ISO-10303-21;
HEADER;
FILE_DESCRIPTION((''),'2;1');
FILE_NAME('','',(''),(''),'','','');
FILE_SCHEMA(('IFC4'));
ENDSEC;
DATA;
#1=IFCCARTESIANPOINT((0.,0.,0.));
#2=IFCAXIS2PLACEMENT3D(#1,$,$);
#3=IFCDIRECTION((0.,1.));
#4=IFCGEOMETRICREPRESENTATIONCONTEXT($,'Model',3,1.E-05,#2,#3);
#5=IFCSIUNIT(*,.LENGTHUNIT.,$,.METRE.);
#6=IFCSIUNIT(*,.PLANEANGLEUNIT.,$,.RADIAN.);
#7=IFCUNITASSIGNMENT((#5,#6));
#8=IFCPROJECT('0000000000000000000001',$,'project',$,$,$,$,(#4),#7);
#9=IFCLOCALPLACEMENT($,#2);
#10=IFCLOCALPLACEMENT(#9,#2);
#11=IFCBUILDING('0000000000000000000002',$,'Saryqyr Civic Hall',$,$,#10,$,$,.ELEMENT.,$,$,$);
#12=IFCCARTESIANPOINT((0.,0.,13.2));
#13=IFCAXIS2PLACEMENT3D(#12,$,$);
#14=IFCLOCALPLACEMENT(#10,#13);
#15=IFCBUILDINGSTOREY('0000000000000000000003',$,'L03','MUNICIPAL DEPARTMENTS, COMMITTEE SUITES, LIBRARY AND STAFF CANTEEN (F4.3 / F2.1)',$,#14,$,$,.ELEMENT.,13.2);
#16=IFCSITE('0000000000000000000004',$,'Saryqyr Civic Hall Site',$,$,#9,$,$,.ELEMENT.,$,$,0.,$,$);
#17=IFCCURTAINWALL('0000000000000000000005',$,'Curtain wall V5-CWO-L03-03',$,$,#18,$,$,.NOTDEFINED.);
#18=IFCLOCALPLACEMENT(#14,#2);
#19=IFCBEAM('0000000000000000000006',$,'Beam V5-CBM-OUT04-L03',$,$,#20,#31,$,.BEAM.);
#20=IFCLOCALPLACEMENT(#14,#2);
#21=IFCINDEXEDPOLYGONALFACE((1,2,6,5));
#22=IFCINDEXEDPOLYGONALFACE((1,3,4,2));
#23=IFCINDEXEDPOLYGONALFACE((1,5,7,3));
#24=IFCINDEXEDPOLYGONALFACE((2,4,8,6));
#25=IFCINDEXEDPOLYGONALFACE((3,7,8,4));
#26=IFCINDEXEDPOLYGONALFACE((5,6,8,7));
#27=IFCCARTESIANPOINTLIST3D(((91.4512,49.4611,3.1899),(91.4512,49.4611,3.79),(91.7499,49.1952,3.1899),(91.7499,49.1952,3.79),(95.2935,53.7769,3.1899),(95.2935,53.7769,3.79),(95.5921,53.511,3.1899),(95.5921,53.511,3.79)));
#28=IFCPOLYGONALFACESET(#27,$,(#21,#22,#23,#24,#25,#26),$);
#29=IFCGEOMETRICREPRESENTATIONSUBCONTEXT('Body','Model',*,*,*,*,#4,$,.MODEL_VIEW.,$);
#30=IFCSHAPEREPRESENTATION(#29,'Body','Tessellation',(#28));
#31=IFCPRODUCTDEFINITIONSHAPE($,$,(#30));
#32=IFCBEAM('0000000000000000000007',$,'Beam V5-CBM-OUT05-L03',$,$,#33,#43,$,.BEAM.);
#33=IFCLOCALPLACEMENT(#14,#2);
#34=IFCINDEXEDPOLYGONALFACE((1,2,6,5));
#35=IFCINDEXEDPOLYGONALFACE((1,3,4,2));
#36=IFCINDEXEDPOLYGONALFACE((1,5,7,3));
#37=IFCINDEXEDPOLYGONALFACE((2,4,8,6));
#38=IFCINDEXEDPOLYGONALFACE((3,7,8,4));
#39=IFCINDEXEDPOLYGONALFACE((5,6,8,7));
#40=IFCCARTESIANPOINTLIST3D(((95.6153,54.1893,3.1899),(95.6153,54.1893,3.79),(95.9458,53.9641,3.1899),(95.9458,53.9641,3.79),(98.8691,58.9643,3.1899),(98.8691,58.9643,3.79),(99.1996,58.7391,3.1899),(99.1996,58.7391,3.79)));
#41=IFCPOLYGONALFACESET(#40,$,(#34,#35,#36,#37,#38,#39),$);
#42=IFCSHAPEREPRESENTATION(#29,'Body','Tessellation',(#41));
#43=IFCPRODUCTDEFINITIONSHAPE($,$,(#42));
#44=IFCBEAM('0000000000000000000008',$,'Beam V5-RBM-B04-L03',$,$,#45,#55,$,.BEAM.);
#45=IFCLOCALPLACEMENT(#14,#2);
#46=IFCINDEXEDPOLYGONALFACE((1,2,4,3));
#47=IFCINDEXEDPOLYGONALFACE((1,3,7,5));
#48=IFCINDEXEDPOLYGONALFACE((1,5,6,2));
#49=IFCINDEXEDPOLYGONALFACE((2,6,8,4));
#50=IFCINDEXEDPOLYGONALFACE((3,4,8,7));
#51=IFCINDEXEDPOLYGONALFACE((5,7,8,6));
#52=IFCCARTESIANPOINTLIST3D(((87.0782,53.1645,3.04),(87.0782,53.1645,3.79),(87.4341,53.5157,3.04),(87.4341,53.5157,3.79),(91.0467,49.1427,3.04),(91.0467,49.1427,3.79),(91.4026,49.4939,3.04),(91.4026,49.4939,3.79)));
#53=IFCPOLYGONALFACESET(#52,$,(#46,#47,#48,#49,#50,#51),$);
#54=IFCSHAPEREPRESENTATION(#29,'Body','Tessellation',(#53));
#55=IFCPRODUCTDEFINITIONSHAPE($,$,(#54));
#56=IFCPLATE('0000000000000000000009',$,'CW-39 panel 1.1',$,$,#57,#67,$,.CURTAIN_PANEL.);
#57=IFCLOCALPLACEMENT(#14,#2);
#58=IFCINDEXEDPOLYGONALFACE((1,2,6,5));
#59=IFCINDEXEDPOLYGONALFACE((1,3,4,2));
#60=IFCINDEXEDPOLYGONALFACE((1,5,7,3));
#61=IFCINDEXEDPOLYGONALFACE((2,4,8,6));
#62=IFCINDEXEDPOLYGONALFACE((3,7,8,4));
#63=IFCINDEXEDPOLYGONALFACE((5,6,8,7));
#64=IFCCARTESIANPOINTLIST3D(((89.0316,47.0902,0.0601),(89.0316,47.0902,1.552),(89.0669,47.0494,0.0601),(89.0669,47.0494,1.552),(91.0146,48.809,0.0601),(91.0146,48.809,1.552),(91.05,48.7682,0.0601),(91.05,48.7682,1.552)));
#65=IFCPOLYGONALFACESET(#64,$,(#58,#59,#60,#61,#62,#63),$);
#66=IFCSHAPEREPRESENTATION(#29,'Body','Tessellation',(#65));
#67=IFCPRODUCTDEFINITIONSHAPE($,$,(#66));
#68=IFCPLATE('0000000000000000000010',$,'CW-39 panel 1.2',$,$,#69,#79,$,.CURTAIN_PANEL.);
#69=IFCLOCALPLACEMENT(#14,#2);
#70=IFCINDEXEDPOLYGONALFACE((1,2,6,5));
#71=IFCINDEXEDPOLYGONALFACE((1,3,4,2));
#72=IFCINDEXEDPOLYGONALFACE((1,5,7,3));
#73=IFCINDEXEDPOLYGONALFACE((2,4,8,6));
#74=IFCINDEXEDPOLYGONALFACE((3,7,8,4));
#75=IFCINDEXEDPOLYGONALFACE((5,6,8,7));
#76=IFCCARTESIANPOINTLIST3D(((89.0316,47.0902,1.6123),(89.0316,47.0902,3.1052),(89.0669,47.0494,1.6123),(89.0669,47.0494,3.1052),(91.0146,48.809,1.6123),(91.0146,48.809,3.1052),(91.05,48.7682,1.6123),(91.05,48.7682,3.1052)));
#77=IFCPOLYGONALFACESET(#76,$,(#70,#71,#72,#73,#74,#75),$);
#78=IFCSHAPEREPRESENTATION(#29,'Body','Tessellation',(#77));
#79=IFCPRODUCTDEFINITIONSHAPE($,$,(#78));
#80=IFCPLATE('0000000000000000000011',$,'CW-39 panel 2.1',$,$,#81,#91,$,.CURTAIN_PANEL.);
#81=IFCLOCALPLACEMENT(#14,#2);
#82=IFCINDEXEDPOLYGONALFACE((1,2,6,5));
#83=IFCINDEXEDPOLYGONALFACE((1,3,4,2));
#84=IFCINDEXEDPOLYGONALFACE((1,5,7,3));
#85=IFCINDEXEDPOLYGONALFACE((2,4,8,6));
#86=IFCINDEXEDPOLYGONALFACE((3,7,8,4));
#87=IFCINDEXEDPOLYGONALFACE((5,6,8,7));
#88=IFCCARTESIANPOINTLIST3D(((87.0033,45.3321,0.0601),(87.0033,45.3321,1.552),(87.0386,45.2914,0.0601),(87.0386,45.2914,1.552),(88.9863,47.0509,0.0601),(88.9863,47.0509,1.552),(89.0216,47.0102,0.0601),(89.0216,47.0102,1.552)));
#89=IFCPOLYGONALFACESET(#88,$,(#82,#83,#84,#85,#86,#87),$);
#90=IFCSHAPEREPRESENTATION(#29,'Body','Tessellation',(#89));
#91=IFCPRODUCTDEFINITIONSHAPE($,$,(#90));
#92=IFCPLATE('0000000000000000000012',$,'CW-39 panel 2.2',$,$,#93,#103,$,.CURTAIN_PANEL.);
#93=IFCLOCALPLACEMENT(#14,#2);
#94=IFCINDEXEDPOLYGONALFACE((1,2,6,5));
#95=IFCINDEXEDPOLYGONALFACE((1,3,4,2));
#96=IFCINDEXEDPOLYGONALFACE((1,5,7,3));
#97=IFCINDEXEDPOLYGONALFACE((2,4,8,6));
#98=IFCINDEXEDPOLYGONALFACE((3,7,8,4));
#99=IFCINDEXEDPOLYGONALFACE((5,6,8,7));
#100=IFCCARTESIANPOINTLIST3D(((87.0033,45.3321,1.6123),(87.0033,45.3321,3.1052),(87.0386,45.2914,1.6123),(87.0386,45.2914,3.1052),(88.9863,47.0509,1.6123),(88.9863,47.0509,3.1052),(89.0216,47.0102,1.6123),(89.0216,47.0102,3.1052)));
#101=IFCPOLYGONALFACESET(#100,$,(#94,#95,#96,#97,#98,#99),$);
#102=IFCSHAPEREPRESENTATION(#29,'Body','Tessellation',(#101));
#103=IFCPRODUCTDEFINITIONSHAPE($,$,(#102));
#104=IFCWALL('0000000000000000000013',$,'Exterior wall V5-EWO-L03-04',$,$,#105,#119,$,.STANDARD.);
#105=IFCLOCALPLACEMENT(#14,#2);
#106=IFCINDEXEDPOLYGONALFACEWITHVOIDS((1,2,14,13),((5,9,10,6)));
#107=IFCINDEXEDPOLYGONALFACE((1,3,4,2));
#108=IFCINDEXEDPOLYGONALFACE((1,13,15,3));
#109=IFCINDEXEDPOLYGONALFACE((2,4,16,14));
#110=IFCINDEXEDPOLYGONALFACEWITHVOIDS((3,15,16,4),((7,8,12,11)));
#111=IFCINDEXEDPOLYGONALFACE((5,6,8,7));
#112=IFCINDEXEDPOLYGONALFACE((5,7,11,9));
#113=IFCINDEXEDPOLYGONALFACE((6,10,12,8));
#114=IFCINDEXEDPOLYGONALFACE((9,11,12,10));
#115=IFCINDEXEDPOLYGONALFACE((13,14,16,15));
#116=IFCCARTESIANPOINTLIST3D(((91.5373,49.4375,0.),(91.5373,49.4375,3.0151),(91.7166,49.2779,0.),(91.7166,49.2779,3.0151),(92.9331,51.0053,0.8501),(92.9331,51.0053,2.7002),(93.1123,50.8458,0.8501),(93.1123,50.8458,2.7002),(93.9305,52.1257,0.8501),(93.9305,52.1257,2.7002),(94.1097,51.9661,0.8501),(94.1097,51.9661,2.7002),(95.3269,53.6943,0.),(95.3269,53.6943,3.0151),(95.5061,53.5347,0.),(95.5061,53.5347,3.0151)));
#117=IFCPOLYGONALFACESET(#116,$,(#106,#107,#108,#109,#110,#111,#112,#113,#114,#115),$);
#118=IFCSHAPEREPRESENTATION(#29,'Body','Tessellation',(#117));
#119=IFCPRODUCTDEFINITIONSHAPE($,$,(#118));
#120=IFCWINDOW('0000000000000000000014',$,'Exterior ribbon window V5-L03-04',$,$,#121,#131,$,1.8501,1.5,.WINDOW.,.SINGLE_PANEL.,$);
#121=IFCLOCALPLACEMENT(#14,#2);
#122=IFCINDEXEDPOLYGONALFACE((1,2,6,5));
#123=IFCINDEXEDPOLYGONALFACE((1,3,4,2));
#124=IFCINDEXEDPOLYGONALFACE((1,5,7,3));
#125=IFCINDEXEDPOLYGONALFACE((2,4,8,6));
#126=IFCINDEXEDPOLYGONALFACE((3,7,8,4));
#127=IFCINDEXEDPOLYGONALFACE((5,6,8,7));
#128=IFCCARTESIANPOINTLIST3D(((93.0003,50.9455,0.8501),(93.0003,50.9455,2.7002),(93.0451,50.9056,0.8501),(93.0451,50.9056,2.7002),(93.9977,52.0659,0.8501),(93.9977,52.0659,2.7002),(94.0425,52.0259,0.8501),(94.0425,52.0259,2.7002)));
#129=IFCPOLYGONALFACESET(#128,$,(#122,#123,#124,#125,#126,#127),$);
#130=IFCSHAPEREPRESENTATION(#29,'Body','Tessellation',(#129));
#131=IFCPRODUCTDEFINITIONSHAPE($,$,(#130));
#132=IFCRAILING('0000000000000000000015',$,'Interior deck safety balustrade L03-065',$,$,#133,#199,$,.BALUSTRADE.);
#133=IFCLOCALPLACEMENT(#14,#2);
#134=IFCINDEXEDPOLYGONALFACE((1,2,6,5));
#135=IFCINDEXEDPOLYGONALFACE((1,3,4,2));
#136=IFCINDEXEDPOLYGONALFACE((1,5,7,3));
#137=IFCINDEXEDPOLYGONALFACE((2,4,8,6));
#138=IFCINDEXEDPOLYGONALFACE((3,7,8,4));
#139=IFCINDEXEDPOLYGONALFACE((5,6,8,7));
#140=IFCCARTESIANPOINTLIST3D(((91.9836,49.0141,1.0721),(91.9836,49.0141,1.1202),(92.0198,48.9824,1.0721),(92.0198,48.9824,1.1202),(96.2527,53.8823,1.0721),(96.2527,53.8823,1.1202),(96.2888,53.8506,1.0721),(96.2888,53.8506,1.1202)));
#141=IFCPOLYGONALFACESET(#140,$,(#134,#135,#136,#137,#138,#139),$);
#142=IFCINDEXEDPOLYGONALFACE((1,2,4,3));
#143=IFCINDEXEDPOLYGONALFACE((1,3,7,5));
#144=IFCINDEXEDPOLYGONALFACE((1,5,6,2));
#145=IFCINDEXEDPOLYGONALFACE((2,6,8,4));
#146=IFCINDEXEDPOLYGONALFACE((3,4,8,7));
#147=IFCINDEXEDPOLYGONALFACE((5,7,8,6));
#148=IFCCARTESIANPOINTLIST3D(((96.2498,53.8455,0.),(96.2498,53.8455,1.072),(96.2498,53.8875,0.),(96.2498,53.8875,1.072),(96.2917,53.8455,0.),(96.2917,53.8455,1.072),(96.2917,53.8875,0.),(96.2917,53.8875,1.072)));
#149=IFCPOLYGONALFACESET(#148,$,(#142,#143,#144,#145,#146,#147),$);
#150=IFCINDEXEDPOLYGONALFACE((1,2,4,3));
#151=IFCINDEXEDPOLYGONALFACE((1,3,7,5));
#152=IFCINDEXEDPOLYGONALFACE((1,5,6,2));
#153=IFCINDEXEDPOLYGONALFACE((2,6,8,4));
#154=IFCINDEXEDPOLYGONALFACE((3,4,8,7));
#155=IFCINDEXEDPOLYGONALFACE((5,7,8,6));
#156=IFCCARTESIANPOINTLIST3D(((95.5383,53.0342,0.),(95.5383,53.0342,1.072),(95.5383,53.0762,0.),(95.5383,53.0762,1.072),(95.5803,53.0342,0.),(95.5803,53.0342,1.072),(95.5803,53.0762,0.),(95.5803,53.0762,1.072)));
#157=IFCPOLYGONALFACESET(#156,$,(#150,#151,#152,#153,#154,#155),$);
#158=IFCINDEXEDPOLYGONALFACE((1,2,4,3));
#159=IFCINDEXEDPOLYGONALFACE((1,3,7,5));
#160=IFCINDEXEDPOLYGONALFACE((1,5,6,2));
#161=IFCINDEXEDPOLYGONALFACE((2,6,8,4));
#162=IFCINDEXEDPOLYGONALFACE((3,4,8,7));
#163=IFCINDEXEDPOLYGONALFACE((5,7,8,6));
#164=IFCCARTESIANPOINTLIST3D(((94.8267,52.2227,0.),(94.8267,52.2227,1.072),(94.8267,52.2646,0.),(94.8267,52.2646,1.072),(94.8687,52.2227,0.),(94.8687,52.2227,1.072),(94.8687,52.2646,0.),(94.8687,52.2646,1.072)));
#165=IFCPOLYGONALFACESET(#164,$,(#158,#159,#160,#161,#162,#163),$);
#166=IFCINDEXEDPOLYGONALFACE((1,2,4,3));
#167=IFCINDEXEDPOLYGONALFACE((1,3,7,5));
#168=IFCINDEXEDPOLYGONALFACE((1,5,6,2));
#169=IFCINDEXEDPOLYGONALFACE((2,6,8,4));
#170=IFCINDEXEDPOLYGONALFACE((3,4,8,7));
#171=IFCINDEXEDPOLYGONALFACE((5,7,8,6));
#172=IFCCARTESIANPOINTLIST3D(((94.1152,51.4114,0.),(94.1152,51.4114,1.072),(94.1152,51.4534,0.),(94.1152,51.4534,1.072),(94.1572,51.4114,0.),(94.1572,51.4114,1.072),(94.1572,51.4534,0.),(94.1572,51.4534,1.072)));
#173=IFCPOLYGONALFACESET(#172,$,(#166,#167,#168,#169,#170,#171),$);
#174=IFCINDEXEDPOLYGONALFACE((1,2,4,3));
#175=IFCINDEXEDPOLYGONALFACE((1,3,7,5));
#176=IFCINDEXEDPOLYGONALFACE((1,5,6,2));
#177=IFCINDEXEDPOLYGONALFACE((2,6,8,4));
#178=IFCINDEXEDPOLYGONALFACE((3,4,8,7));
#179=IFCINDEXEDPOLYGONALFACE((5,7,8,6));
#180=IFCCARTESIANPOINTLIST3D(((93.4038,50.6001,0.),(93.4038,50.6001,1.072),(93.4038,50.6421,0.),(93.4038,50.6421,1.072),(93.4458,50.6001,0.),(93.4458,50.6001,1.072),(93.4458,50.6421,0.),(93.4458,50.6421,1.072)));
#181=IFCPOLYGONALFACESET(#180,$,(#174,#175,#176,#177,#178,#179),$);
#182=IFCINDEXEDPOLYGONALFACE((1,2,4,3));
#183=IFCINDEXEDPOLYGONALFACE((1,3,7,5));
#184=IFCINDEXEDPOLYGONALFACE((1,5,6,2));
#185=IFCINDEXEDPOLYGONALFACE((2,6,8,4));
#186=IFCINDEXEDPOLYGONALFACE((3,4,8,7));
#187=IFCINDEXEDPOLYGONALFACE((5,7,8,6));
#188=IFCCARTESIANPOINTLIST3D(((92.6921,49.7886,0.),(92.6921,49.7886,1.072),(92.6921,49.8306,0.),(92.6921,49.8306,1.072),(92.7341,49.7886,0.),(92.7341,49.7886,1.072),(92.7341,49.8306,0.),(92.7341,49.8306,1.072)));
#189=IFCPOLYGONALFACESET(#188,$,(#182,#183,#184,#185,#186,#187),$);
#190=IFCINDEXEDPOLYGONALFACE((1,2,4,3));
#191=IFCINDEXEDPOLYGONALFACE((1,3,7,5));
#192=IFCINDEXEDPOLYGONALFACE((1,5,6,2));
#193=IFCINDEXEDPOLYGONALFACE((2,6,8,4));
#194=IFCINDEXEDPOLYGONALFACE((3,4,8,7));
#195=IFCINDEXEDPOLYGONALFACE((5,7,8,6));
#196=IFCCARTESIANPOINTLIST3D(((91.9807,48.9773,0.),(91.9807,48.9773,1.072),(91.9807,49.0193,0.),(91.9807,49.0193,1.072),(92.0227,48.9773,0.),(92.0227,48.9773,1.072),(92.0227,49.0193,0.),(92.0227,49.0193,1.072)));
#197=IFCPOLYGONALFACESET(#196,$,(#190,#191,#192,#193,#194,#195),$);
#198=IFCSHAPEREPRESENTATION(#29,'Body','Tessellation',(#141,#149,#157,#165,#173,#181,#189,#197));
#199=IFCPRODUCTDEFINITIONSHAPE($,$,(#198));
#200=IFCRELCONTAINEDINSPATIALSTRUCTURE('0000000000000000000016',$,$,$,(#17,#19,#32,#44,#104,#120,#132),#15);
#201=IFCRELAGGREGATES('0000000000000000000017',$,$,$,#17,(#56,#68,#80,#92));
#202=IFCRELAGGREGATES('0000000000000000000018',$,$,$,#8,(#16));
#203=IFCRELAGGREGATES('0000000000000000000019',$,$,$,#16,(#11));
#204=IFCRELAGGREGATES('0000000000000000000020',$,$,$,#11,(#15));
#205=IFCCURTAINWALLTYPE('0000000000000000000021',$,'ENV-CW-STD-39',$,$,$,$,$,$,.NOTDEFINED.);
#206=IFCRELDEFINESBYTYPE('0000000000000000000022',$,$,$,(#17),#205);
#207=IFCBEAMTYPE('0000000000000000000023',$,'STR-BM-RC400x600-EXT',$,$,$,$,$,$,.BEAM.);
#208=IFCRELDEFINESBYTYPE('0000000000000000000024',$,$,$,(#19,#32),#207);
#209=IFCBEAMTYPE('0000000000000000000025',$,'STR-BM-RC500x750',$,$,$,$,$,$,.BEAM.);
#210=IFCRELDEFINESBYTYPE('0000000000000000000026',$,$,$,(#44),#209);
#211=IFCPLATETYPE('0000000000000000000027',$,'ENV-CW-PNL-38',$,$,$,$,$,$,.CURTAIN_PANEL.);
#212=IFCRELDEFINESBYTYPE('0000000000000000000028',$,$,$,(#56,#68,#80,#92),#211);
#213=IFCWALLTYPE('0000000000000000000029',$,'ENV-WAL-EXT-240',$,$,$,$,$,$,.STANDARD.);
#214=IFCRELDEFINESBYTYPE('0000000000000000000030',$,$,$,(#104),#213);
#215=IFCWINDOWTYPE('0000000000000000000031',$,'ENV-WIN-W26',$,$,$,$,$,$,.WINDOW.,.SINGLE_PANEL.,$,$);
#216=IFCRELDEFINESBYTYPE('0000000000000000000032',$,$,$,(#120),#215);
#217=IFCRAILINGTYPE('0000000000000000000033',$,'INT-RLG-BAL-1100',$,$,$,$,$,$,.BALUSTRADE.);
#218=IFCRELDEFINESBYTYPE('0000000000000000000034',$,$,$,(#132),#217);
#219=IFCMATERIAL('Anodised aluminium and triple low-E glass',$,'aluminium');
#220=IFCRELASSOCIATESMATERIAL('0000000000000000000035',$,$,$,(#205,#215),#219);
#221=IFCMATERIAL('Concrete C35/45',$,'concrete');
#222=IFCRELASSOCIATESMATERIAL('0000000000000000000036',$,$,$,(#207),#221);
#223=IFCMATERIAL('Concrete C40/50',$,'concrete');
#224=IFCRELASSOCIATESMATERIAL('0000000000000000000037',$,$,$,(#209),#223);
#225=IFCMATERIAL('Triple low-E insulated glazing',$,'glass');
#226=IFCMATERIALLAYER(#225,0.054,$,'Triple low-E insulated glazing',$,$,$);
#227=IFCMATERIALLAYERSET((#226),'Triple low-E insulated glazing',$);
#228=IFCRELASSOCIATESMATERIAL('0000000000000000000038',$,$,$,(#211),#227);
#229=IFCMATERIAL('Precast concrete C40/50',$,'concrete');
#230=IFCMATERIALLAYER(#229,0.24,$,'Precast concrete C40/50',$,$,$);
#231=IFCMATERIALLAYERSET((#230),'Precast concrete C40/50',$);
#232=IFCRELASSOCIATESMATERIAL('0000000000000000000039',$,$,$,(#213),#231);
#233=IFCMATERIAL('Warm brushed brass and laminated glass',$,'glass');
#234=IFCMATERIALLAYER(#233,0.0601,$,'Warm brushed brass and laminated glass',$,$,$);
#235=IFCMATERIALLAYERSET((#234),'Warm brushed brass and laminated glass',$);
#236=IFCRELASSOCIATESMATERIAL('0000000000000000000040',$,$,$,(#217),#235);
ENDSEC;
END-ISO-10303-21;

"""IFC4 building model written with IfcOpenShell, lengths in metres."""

from ifc_helpers import new_model, si_unit, direction, frame, frame_2d, origin, origin_2d, place, context, subcontext, project, spatial, rectangle, extrude, material, layer, layer_set, material_profile, profile_set, type_object, element, fill, aggregate, save


model = new_model("IFC4")

# Units and contexts
model_context = context("Model", 3, precision=1e-05, world=origin(), true_north=direction((0.0, 1.0)))
body_context = subcontext(model_context, "Body", "Model", "MODEL_VIEW")
ifc_project = project(units=[si_unit("LENGTHUNIT", "METRE"), si_unit("PLANEANGLEUNIT", "RADIAN")], contexts=[model_context])

# Site, building, storey
site_placement = place(None, origin())
site = spatial("IfcSite", under=ifc_project, at=site_placement, Name="Saryqyr Civic Hall Site", CompositionType="ELEMENT", RefElevation=0.0)
building_placement = place(site_placement, origin())
building = spatial("IfcBuilding", under=site, at=building_placement, Name="Saryqyr Civic Hall", CompositionType="ELEMENT")
storey_placement = place(building_placement, frame((0.0, 0.0, 13.2)))
storey = spatial("IfcBuildingStorey", under=building, at=storey_placement, Name="L03", Description="MUNICIPAL DEPARTMENTS, COMMITTEE SUITES, LIBRARY AND STAFF CANTEEN (F4.3 / F2.1)", CompositionType="ELEMENT", Elevation=13.2)

# Shared definitions
ifc_material_1 = material(Name="Concrete C40/50", Category="concrete")

# Curtain wall
ifc_material_2 = material(Name="Anodised aluminium and triple low-E glass", Category="aluminium")
curtain_wall_type = type_object("IfcCurtainWallType", Name="ENV-CW-STD-39", PredefinedType="NOTDEFINED", material=ifc_material_2)
curtain_wall_placement = place(storey_placement, origin())
curtain_wall = element("IfcCurtainWall", 1, at=curtain_wall_placement, inside=storey, type_object=curtain_wall_type, Name="Curtain wall V5-CWO-L03-03", PredefinedType="NOTDEFINED")

# Beams
ifc_material_3 = material(Name="Concrete C35/45", Category="concrete")
ifc_material_profile_1 = material_profile(ifc_material_3, rectangle(XDim=0.3999, YDim=0.6001, at=origin_2d()), Name="RC 400x600")
ifc_profile_set_1 = profile_set([ifc_material_profile_1], Name="Concrete C35/45")
beam_type_1 = type_object("IfcBeamType", Name="STR-BM-RC400x600-EXT", PredefinedType="BEAM", material=ifc_profile_set_1)
for number, where, z_axis, x_axis, name in (
    (2, (91.6006, 49.3281, 3.49), (0.664935, 0.746901, 0.0), (-0.746901, 0.664935, 0.0), "Beam V5-CBM-OUT04-L03"),
    (3, (95.7805, 54.0767, 3.49), (0.563115, 0.826378, 0.0), (-0.826378, 0.563115, 0.0), "Beam V5-CBM-OUT05-L03"),
):
    element("IfcBeam", number, at=place(storey_placement, frame(where, z_axis=z_axis, x_axis=x_axis)), inside=storey, type_object=beam_type_1, Name=name, PredefinedType="BEAM", context=body_context, shape_type="SweptSolid", body=[
        extrude(rectangle(XDim=0.3999, YDim=0.6001, at=origin_2d()), origin(), (0.0, 0.0, 1.0), 5.7783),
    ])
ifc_material_profile_2 = material_profile(ifc_material_1, rectangle(XDim=0.5, YDim=0.75, at=origin_2d()), Name="RC 500x750")
ifc_profile_set_2 = profile_set([ifc_material_profile_2], Name="Concrete C40/50")
beam_type_2 = type_object("IfcBeamType", Name="STR-BM-RC500x750", PredefinedType="BEAM", material=ifc_profile_set_2)
beam_1_placement = place(storey_placement, frame((87.2561, 53.3401, 3.415), z_axis=(0.702381, -0.711801, 0.0), x_axis=(0.711801, 0.702381, 0.0)))
element("IfcBeam", 4, at=beam_1_placement, inside=storey, type_object=beam_type_2, Name="Beam V5-RBM-B04-L03", PredefinedType="BEAM", context=body_context, shape_type="SweptSolid", body=[
    extrude(rectangle(XDim=0.5, YDim=0.75, at=origin_2d()), origin(), (0.0, 0.0, 1.0), 5.6501),
])

# Plates
ifc_material_4 = material(Name="Triple low-E insulated glazing", Category="glass")
ifc_layer_1 = layer(ifc_material_4, 0.054, Name="Triple low-E insulated glazing")
ifc_layer_set_1 = layer_set([ifc_layer_1], Name="Triple low-E insulated glazing")
plate_type = type_object("IfcPlateType", Name="ENV-CW-PNL-38", PredefinedType="CURTAIN_PANEL", material=ifc_layer_set_1)
plate_1_placement = place(storey_placement, frame((90.0408, 47.9292, 0.0601), z_axis=(0.0, 0.0, 1.0), x_axis=(-0.755657, -0.654967, 0.0)))
plate_1 = element("IfcPlate", 5, at=plate_1_placement, type_object=plate_type, Name="CW-39 panel 1.1", PredefinedType="CURTAIN_PANEL", context=body_context, shape_type="SweptSolid", body=[
    extrude(rectangle(XDim=2.6243, YDim=0.054, at=origin_2d()), origin(), (0.0, 0.0, 1.0), 1.4919),
])
plate_2_placement = place(storey_placement, frame((90.0408, 47.9292, 1.6123), z_axis=(0.0, 0.0, 1.0), x_axis=(-0.755657, -0.654967, 0.0)))
plate_2 = element("IfcPlate", 6, at=plate_2_placement, type_object=plate_type, Name="CW-39 panel 1.2", PredefinedType="CURTAIN_PANEL", context=body_context, shape_type="SweptSolid", body=[
    extrude(rectangle(XDim=2.6243, YDim=0.054, at=origin_2d()), origin(), (0.0, 0.0, 1.0), 1.4929),
])
plate_3_placement = place(storey_placement, frame((88.0125, 46.1711, 0.0601), z_axis=(0.0, 0.0, 1.0), x_axis=(-0.755657, -0.654967, 0.0)))
plate_3 = element("IfcPlate", 7, at=plate_3_placement, type_object=plate_type, Name="CW-39 panel 2.1", PredefinedType="CURTAIN_PANEL", context=body_context, shape_type="SweptSolid", body=[
    extrude(rectangle(XDim=2.6243, YDim=0.054, at=origin_2d()), origin(), (0.0, 0.0, 1.0), 1.4919),
])
plate_4_placement = place(storey_placement, frame((88.0125, 46.1711, 1.6123), z_axis=(0.0, 0.0, 1.0), x_axis=(-0.755657, -0.654967, 0.0)))
plate_4 = element("IfcPlate", 8, at=plate_4_placement, type_object=plate_type, Name="CW-39 panel 2.2", PredefinedType="CURTAIN_PANEL", context=body_context, shape_type="SweptSolid", body=[
    extrude(rectangle(XDim=2.6243, YDim=0.054, at=origin_2d()), origin(), (0.0, 0.0, 1.0), 1.4929),
])
aggregate(curtain_wall, [plate_1, plate_2, plate_3, plate_4])

# Wall, opening, window
ifc_material_5 = material(Name="Precast concrete C40/50", Category="concrete")
ifc_layer_2 = layer(ifc_material_5, 0.24, Name="Precast concrete C40/50")
ifc_layer_set_2 = layer_set([ifc_layer_2], Name="Precast concrete C40/50")
wall_type = type_object("IfcWallType", Name="ENV-WAL-EXT-240", PredefinedType="STANDARD", material=ifc_layer_set_2)
wall_placement = place(storey_placement, frame((95.4165, 53.6145, 0.0), z_axis=(0.0, 0.0, 1.0), x_axis=(-0.664922, -0.746913, 0.0)))
wall = element("IfcWall", 9, at=wall_placement, inside=storey, type_object=wall_type, Name="Exterior wall V5-EWO-L03-04", PredefinedType="STANDARD", context=body_context, shape_type="SweptSolid", body=[
    extrude(rectangle(XDim=5.6992, YDim=0.24, at=frame_2d((2.8496, 0.0))), origin(), (0.0, 0.0, 1.0), 3.0151),
])
opening_placement = place(wall_placement, frame((2.1001, 0.0, 0.8501)))
opening = element("IfcOpeningElement", 10, at=opening_placement, cuts=wall, PredefinedType="OPENING", context=body_context, shape_type="SweptSolid", body=[
    extrude(rectangle(XDim=1.5, YDim=1.8501, at=frame_2d((0.75, 0.925))), frame((0.0, 0.1299, 0.0), z_axis=(0.0, -1.0, 0.0), x_axis=(1.0, 0.0, 0.0)), (0.0, 0.0, 1.0), 0.26),
])
window_type = type_object("IfcWindowType", Name="ENV-WIN-W26", PartitioningType="SINGLE_PANEL", PredefinedType="WINDOW", material=ifc_material_2)
window_placement = place(opening_placement, origin())
window = element("IfcWindow", 11, at=window_placement, inside=storey, type_object=window_type, Name="Exterior ribbon window V5-L03-04", OverallHeight=1.8501, OverallWidth=1.5, PartitioningType="SINGLE_PANEL", PredefinedType="WINDOW", context=body_context, shape_type="SweptSolid", body=[
    extrude(rectangle(XDim=1.5, YDim=1.8501, at=frame_2d((0.75, 0.925))), frame((0.0, 0.03, 0.0), z_axis=(0.0, -1.0, 0.0), x_axis=(1.0, 0.0, 0.0)), (0.0, 0.0, 1.0), 0.0601),
])
fill(opening, window)

# Railing
ifc_material_6 = material(Name="Warm brushed brass and laminated glass", Category="glass")
ifc_layer_3 = layer(ifc_material_6, 0.0601, Name="Warm brushed brass and laminated glass")
ifc_layer_set_3 = layer_set([ifc_layer_3], Name="Warm brushed brass and laminated glass")
railing_type = type_object("IfcRailingType", Name="INT-RLG-BAL-1100", PredefinedType="BALUSTRADE", material=ifc_layer_set_3)
railing_1_placement = place(storey_placement, frame((96.2708, 53.8665, 0.0)))
element("IfcRailing", 12, at=railing_1_placement, inside=storey, type_object=railing_type, Name="Interior deck safety balustrade L03-065", PredefinedType="BALUSTRADE", context=body_context, shape_type="SweptSolid", body=[
    extrude(rectangle(XDim=0.0481, YDim=0.0481, at=origin_2d()), frame((0.0, 0.0, 1.0962), z_axis=(-0.659326, -0.751857, 0.0), x_axis=(0.751857, -0.659326, 0.0)), (0.0, 0.0, 1.0), 6.4749),
    extrude(rectangle(XDim=0.042, YDim=0.042, at=origin_2d()), origin(), (0.0, 0.0, 1.0), 1.072),
    extrude(rectangle(XDim=0.042, YDim=0.042, at=origin_2d()), frame((-0.7114, -0.8113, 0.0)), (0.0, 0.0, 1.0), 1.072),
    extrude(rectangle(XDim=0.042, YDim=0.042, at=origin_2d()), frame((-1.4231, -1.6228, 0.0)), (0.0, 0.0, 1.0), 1.072),
    extrude(rectangle(XDim=0.042, YDim=0.042, at=origin_2d()), frame((-2.1345, -2.4341, 0.0)), (0.0, 0.0, 1.0), 1.072),
    extrude(rectangle(XDim=0.042, YDim=0.042, at=origin_2d()), frame((-2.8459, -3.2454, 0.0)), (0.0, 0.0, 1.0), 1.072),
    extrude(rectangle(XDim=0.042, YDim=0.042, at=origin_2d()), frame((-3.5576, -4.0569, 0.0)), (0.0, 0.0, 1.0), 1.072),
    extrude(rectangle(XDim=0.042, YDim=0.042, at=origin_2d()), frame((-4.269, -4.8682, 0.0)), (0.0, 0.0, 1.0), 1.072),
])

save(model, "model.ifc")
